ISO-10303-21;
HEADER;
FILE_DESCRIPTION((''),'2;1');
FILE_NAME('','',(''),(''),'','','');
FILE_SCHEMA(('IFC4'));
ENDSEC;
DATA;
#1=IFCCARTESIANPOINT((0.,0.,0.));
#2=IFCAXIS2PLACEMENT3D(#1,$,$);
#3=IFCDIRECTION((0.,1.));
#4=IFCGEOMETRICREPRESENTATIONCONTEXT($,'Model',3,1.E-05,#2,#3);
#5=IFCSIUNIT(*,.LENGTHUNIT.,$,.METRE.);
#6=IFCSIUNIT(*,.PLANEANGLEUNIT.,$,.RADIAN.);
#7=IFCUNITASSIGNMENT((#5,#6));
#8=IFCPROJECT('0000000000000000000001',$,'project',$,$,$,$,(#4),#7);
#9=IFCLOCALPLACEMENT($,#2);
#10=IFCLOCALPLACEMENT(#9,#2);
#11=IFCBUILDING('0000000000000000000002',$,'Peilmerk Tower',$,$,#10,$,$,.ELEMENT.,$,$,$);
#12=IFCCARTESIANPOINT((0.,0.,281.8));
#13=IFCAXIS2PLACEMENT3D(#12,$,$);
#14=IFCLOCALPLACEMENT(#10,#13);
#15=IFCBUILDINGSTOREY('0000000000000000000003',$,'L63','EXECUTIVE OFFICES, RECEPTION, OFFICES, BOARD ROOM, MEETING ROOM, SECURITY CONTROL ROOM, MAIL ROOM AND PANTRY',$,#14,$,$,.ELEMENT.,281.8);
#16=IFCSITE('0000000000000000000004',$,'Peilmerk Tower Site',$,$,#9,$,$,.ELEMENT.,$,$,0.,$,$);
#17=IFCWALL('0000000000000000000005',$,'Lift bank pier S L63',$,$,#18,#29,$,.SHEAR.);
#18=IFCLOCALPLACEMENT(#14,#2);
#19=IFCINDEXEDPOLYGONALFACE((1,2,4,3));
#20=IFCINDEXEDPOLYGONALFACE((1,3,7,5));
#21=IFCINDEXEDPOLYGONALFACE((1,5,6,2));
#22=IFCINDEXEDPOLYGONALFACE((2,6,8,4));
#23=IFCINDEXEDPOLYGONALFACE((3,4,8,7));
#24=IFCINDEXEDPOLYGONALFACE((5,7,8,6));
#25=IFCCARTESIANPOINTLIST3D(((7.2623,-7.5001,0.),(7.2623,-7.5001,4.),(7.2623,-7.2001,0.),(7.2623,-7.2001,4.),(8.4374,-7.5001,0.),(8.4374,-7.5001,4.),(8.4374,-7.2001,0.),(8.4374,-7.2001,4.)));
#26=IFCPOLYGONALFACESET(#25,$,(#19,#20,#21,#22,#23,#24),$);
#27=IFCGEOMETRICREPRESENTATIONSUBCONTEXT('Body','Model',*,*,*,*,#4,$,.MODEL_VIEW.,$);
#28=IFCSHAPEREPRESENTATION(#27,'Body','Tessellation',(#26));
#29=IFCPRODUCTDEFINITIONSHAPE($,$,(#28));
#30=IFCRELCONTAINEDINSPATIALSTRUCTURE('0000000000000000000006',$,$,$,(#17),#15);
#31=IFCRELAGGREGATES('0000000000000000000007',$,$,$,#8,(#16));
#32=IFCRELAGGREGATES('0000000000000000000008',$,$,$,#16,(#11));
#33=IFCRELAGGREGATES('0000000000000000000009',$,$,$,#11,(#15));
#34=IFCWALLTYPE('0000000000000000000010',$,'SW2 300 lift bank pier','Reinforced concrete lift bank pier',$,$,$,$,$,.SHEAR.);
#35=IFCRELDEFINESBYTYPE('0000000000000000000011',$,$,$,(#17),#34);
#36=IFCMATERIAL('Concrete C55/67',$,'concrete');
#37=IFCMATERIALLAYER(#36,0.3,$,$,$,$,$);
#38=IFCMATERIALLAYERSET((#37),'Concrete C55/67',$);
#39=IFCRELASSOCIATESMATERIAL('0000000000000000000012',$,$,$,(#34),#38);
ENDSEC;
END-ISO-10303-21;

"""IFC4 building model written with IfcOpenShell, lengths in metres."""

from ifc_helpers import new_model, si_unit, direction, frame, frame_2d, origin, place, context, subcontext, project, spatial, rectangle, extrude, material, layer, layer_set, type_object, element, save


model = new_model("IFC4")

# Units and contexts
model_context = context("Model", 3, precision=1e-05, world=origin(), true_north=direction((0.0, 1.0)))
body_context = subcontext(model_context, "Body", "Model", "MODEL_VIEW")
ifc_project = project(units=[si_unit("LENGTHUNIT", "METRE"), si_unit("PLANEANGLEUNIT", "RADIAN")], contexts=[model_context])

# Site, building, storey
site_placement = place(None, origin())
site = spatial("IfcSite", under=ifc_project, at=site_placement, Name="Peilmerk Tower Site", CompositionType="ELEMENT", RefElevation=0.0)
building_placement = place(site_placement, origin())
building = spatial("IfcBuilding", under=site, at=building_placement, Name="Peilmerk Tower", CompositionType="ELEMENT")
storey_placement = place(building_placement, frame((0.0, 0.0, 281.8)))
storey = spatial("IfcBuildingStorey", under=building, at=storey_placement, Name="L63", Description="EXECUTIVE OFFICES, RECEPTION, OFFICES, BOARD ROOM, MEETING ROOM, SECURITY CONTROL ROOM, MAIL ROOM AND PANTRY", CompositionType="ELEMENT", Elevation=281.8)

# Wall
ifc_material_1 = material(Name="Concrete C55/67", Category="concrete")
ifc_layer_1 = layer(ifc_material_1, 0.3)
ifc_layer_set_1 = layer_set([ifc_layer_1], Name="Concrete C55/67")
wall_type_1 = type_object("IfcWallType", Name="SW2 300 lift bank pier", Description="Reinforced concrete lift bank pier", PredefinedType="SHEAR", material=ifc_layer_set_1)
wall_1_placement = place(storey_placement, frame((7.2625, -7.3501, 0.0), z_axis=(0.0, 0.0, 1.0), x_axis=(1.0, 0.0, 0.0)))
element("IfcWall", 1, at=wall_1_placement, inside=storey, type_object=wall_type_1, Name="Lift bank pier S L63", PredefinedType="SHEAR", context=body_context, shape_type="SweptSolid", body=[
    extrude(rectangle(XDim=1.175, YDim=0.3, at=frame_2d((0.5874, 0.0))), origin(), (0.0, 0.0, 1.0), 4.0),
])

save(model, "model.ifc")
